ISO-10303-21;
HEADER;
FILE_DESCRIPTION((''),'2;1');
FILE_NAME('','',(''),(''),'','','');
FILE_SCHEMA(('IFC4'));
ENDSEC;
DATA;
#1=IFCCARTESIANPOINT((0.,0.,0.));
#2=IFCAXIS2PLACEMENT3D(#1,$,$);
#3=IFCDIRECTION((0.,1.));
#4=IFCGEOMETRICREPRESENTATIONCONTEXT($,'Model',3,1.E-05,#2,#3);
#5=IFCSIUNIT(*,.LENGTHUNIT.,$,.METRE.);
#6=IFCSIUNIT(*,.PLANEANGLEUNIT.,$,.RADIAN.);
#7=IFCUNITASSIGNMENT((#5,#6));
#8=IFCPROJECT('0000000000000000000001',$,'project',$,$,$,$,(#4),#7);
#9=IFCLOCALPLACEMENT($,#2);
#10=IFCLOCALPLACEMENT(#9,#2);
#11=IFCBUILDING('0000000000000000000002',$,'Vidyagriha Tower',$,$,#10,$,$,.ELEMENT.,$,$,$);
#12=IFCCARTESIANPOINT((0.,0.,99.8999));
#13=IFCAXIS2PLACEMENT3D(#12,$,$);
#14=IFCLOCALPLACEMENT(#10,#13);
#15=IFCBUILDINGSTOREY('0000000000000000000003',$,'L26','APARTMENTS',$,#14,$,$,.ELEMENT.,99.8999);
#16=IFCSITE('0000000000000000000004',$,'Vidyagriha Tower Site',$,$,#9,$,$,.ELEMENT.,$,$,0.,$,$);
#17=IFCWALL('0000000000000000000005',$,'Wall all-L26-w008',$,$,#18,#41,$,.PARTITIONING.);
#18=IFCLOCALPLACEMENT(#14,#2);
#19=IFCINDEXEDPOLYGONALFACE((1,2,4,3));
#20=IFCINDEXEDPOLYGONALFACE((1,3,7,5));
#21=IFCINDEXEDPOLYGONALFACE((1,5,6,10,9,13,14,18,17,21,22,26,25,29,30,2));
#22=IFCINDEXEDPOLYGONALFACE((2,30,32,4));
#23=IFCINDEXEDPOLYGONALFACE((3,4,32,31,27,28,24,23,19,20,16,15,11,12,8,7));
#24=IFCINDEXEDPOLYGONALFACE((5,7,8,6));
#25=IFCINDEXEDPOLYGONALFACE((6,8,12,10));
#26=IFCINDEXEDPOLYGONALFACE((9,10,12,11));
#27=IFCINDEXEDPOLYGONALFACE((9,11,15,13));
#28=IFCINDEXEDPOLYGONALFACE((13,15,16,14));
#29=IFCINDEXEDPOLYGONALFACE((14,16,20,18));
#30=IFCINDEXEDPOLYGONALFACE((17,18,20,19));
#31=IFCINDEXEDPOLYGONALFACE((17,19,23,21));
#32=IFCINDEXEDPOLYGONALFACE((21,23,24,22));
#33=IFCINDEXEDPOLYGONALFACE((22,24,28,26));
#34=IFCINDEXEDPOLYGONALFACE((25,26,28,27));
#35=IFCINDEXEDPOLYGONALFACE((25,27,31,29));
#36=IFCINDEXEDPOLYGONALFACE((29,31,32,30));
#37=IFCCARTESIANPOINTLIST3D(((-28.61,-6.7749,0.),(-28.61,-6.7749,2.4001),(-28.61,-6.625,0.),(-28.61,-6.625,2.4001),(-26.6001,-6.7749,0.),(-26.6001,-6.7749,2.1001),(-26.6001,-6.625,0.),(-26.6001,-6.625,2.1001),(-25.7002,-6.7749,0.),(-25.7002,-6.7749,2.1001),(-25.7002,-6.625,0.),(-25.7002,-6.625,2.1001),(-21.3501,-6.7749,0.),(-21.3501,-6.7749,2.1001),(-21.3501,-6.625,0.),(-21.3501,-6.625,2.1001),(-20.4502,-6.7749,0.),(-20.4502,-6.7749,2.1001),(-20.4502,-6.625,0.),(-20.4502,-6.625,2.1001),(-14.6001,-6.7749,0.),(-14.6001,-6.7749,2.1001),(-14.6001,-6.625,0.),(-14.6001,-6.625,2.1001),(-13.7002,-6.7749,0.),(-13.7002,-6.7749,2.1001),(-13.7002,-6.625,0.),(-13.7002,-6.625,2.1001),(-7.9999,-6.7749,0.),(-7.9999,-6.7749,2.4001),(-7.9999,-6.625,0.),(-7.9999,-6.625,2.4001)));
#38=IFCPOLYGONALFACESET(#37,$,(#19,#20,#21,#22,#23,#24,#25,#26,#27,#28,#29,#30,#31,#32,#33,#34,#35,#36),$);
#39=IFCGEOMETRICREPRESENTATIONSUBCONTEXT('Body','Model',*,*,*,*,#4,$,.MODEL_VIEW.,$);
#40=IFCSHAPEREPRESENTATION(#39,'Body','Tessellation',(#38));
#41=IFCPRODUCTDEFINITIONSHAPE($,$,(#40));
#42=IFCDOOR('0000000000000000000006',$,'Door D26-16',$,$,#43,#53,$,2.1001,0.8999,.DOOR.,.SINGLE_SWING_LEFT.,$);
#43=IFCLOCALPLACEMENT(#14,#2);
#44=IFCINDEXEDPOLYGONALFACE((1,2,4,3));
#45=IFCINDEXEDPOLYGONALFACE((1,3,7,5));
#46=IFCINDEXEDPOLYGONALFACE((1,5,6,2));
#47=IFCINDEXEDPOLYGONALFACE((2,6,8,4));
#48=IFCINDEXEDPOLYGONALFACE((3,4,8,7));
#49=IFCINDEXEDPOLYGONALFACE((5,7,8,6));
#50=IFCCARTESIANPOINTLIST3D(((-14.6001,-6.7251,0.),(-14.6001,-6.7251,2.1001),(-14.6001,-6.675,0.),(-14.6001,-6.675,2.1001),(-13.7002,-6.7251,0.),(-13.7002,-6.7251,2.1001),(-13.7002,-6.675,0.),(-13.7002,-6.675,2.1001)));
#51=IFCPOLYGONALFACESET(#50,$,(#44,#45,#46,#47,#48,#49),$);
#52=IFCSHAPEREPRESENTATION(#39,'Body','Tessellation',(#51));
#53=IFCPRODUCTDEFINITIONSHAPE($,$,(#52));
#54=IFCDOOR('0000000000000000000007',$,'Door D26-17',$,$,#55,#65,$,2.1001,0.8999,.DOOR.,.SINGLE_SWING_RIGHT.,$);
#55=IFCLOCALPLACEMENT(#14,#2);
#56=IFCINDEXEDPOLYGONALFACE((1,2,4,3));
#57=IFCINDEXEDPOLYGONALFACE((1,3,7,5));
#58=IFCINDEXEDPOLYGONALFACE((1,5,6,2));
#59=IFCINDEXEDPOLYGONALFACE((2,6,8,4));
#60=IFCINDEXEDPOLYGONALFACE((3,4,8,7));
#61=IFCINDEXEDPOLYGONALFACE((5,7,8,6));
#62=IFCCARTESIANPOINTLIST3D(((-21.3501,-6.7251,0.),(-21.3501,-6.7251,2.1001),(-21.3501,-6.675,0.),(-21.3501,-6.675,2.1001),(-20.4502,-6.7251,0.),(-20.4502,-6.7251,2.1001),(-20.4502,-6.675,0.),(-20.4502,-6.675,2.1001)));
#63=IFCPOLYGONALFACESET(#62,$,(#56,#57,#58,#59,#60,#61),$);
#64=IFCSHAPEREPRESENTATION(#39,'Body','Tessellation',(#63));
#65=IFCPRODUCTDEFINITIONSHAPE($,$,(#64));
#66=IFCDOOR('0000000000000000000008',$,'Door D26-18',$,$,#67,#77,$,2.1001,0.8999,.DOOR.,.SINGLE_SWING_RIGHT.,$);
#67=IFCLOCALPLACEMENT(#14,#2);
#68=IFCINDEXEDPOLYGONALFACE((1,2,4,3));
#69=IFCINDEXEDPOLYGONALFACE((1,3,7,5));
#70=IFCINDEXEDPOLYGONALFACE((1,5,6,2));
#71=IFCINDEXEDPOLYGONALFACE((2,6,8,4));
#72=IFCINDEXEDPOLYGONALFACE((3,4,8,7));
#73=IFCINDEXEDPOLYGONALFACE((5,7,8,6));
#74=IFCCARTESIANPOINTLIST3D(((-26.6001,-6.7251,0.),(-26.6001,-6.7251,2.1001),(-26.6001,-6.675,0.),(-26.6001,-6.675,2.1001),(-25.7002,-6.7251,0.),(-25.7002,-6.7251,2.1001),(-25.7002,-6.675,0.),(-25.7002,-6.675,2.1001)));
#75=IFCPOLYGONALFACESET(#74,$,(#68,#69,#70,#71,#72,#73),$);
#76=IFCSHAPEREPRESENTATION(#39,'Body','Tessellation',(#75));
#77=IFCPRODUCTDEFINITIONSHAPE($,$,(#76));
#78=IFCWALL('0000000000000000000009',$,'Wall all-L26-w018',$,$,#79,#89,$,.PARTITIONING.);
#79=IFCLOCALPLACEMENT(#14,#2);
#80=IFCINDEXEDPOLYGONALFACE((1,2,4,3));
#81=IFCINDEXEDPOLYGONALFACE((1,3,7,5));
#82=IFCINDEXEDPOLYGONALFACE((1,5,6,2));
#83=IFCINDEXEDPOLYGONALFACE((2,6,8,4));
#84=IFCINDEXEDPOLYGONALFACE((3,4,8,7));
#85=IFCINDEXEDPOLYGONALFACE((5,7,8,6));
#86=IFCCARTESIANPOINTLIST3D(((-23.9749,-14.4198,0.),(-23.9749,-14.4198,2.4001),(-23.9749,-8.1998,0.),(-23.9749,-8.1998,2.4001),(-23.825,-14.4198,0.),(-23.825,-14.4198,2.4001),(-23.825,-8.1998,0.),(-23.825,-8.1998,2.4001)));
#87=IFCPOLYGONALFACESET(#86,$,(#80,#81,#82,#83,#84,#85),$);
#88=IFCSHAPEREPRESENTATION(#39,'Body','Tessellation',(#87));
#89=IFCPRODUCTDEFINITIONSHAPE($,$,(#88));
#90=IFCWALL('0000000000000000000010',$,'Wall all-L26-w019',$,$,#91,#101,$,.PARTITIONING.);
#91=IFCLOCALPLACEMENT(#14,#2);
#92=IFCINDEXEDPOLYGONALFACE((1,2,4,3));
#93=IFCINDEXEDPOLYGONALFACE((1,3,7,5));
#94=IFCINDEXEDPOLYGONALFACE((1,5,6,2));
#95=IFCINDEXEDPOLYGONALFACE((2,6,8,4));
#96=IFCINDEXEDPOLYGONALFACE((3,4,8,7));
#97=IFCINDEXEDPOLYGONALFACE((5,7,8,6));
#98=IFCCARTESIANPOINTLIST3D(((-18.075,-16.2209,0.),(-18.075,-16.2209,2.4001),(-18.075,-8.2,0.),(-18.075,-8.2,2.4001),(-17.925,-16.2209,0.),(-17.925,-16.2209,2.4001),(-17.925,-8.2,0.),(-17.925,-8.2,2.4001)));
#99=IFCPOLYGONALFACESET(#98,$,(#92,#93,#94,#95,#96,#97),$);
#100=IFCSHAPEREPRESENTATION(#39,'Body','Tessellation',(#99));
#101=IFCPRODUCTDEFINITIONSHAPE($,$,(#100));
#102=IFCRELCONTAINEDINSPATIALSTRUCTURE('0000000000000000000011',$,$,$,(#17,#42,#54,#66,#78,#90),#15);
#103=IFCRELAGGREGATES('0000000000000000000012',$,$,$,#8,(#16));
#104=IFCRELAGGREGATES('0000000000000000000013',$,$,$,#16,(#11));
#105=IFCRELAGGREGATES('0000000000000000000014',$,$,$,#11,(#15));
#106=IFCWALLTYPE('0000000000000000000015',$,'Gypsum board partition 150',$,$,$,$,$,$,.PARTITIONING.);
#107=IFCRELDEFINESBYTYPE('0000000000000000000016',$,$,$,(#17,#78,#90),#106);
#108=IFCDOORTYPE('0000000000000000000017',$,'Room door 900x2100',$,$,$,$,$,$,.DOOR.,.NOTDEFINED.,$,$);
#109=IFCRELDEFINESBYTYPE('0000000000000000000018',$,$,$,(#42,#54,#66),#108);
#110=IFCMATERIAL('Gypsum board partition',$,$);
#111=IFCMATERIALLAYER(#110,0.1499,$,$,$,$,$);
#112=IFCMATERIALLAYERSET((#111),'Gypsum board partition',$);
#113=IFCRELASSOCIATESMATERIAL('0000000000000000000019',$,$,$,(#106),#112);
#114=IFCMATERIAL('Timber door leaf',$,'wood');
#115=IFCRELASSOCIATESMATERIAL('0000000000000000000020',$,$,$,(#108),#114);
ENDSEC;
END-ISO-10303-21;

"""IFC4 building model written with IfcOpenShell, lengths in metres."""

from ifc_helpers import new_model, si_unit, direction, frame, frame_2d, origin, place, context, subcontext, project, spatial, rectangle, extrude, material, layer, layer_set, type_object, element, fill, save


model = new_model("IFC4")

# Units and contexts
model_context = context("Model", 3, precision=1e-05, world=origin(), true_north=direction((0.0, 1.0)))
body_context = subcontext(model_context, "Body", "Model", "MODEL_VIEW")
ifc_project = project(units=[si_unit("LENGTHUNIT", "METRE"), si_unit("PLANEANGLEUNIT", "RADIAN")], contexts=[model_context])

# Site, building, storey
site_placement = place(None, origin())
site = spatial("IfcSite", under=ifc_project, at=site_placement, Name="Vidyagriha Tower Site", CompositionType="ELEMENT", RefElevation=0.0)
building_placement = place(site_placement, origin())
building = spatial("IfcBuilding", under=site, at=building_placement, Name="Vidyagriha Tower", CompositionType="ELEMENT")
storey_placement = place(building_placement, frame((0.0, 0.0, 99.8999)))
storey = spatial("IfcBuildingStorey", under=building, at=storey_placement, Name="L26", Description="APARTMENTS", CompositionType="ELEMENT", Elevation=99.8999)

# Shared definitions
ifc_material_1 = material(Name="Gypsum board partition")
ifc_layer_1 = layer(ifc_material_1, 0.1499)
ifc_layer_set_1 = layer_set([ifc_layer_1], Name="Gypsum board partition")
wall_type_1 = type_object("IfcWallType", Name="Gypsum board partition 150", PredefinedType="PARTITIONING", material=ifc_layer_set_1)

# Wall, openings, doors
wall_1_placement = place(storey_placement, frame((-28.6101, -6.7, 0.0)))
wall_1 = element("IfcWall", 1, at=wall_1_placement, inside=storey, type_object=wall_type_1, Name="Wall all-L26-w008", PredefinedType="PARTITIONING", context=body_context, shape_type="SweptSolid", body=[
    extrude(rectangle(XDim=20.6101, YDim=0.1499, at=frame_2d((10.3052, 0.0))), origin(), (0.0, 0.0, 1.0), 2.4001),
])
opening_1_placement = place(wall_1_placement, frame((14.01, 0.0, 0.0)))
opening_1 = element("IfcOpeningElement", 2, at=opening_1_placement, cuts=wall_1, PredefinedType="OPENING", context=body_context, shape_type="SweptSolid", body=[
    extrude(rectangle(XDim=0.8999, YDim=2.1001, at=frame_2d((0.45, 1.05))), frame((0.0, 0.085, 0.0), z_axis=(0.0, -1.0, 0.0), x_axis=(1.0, 0.0, 0.0)), (0.0, 0.0, 1.0), 0.1699),
])
opening_2_placement = place(wall_1_placement, frame((7.26, 0.0, 0.0)))
opening_2 = element("IfcOpeningElement", 3, at=opening_2_placement, cuts=wall_1, PredefinedType="OPENING", context=body_context, shape_type="SweptSolid", body=[
    extrude(rectangle(XDim=0.8999, YDim=2.1001, at=frame_2d((0.45, 1.05))), frame((0.0, 0.085, 0.0), z_axis=(0.0, -1.0, 0.0), x_axis=(1.0, 0.0, 0.0)), (0.0, 0.0, 1.0), 0.1699),
])
opening_3_placement = place(wall_1_placement, frame((2.01, 0.0, 0.0)))
opening_3 = element("IfcOpeningElement", 4, at=opening_3_placement, cuts=wall_1, PredefinedType="OPENING", context=body_context, shape_type="SweptSolid", body=[
    extrude(rectangle(XDim=0.8999, YDim=2.1001, at=frame_2d((0.45, 1.05))), frame((0.0, 0.085, 0.0), z_axis=(0.0, -1.0, 0.0), x_axis=(1.0, 0.0, 0.0)), (0.0, 0.0, 1.0), 0.1699),
])
ifc_material_2 = material(Name="Timber door leaf", Category="wood")
door_type_1 = type_object("IfcDoorType", Name="Room door 900x2100", OperationType="NOTDEFINED", PredefinedType="DOOR", material=ifc_material_2)
door_1_placement = place(opening_1_placement, origin())
door_1 = element("IfcDoor", 5, at=door_1_placement, inside=storey, type_object=door_type_1, Name="Door D26-16", OperationType="SINGLE_SWING_LEFT", OverallHeight=2.1001, OverallWidth=0.8999, PredefinedType="DOOR", context=body_context, shape_type="SweptSolid", body=[
    extrude(rectangle(XDim=0.8999, YDim=2.1001, at=frame_2d((0.45, 1.05))), frame((0.0, 0.0249, 0.0), z_axis=(0.0, -1.0, 0.0), x_axis=(1.0, 0.0, 0.0)), (0.0, 0.0, 1.0), 0.05),
])
fill(opening_1, door_1)
door_2_placement = place(opening_2_placement, origin())
door_2 = element("IfcDoor", 6, at=door_2_placement, inside=storey, type_object=door_type_1, Name="Door D26-17", OperationType="SINGLE_SWING_RIGHT", OverallHeight=2.1001, OverallWidth=0.8999, PredefinedType="DOOR", context=body_context, shape_type="SweptSolid", body=[
    extrude(rectangle(XDim=0.8999, YDim=2.1001, at=frame_2d((0.45, 1.05))), frame((0.0, 0.0249, 0.0), z_axis=(0.0, -1.0, 0.0), x_axis=(1.0, 0.0, 0.0)), (0.0, 0.0, 1.0), 0.05),
])
fill(opening_2, door_2)
door_3_placement = place(opening_3_placement, origin())
door_3 = element("IfcDoor", 7, at=door_3_placement, inside=storey, type_object=door_type_1, Name="Door D26-18", OperationType="SINGLE_SWING_RIGHT", OverallHeight=2.1001, OverallWidth=0.8999, PredefinedType="DOOR", context=body_context, shape_type="SweptSolid", body=[
    extrude(rectangle(XDim=0.8999, YDim=2.1001, at=frame_2d((0.45, 1.05))), frame((0.0, 0.0249, 0.0), z_axis=(0.0, -1.0, 0.0), x_axis=(1.0, 0.0, 0.0)), (0.0, 0.0, 1.0), 0.05),
])
fill(opening_3, door_3)

# Walls
wall_2_placement = place(storey_placement, frame((-23.8999, -8.2, 0.0), z_axis=(0.0, 0.0, 1.0), x_axis=(0.0, -1.0, 0.0)))
element("IfcWall", 8, at=wall_2_placement, inside=storey, type_object=wall_type_1, Name="Wall all-L26-w018", PredefinedType="PARTITIONING", context=body_context, shape_type="SweptSolid", body=[
    extrude(rectangle(XDim=6.22, YDim=0.1499, at=frame_2d((3.1099, 0.0))), origin(), (0.0, 0.0, 1.0), 2.4001),
])
wall_3_placement = place(storey_placement, frame((-18.0, -8.2, 0.0), z_axis=(0.0, 0.0, 1.0), x_axis=(0.0, -1.0, 0.0)))
element("IfcWall", 9, at=wall_3_placement, inside=storey, type_object=wall_type_1, Name="Wall all-L26-w019", PredefinedType="PARTITIONING", context=body_context, shape_type="SweptSolid", body=[
    extrude(rectangle(XDim=8.021, YDim=0.1499, at=frame_2d((4.0105, 0.0))), origin(), (0.0, 0.0, 1.0), 2.4001),
])

save(model, "model.ifc")
